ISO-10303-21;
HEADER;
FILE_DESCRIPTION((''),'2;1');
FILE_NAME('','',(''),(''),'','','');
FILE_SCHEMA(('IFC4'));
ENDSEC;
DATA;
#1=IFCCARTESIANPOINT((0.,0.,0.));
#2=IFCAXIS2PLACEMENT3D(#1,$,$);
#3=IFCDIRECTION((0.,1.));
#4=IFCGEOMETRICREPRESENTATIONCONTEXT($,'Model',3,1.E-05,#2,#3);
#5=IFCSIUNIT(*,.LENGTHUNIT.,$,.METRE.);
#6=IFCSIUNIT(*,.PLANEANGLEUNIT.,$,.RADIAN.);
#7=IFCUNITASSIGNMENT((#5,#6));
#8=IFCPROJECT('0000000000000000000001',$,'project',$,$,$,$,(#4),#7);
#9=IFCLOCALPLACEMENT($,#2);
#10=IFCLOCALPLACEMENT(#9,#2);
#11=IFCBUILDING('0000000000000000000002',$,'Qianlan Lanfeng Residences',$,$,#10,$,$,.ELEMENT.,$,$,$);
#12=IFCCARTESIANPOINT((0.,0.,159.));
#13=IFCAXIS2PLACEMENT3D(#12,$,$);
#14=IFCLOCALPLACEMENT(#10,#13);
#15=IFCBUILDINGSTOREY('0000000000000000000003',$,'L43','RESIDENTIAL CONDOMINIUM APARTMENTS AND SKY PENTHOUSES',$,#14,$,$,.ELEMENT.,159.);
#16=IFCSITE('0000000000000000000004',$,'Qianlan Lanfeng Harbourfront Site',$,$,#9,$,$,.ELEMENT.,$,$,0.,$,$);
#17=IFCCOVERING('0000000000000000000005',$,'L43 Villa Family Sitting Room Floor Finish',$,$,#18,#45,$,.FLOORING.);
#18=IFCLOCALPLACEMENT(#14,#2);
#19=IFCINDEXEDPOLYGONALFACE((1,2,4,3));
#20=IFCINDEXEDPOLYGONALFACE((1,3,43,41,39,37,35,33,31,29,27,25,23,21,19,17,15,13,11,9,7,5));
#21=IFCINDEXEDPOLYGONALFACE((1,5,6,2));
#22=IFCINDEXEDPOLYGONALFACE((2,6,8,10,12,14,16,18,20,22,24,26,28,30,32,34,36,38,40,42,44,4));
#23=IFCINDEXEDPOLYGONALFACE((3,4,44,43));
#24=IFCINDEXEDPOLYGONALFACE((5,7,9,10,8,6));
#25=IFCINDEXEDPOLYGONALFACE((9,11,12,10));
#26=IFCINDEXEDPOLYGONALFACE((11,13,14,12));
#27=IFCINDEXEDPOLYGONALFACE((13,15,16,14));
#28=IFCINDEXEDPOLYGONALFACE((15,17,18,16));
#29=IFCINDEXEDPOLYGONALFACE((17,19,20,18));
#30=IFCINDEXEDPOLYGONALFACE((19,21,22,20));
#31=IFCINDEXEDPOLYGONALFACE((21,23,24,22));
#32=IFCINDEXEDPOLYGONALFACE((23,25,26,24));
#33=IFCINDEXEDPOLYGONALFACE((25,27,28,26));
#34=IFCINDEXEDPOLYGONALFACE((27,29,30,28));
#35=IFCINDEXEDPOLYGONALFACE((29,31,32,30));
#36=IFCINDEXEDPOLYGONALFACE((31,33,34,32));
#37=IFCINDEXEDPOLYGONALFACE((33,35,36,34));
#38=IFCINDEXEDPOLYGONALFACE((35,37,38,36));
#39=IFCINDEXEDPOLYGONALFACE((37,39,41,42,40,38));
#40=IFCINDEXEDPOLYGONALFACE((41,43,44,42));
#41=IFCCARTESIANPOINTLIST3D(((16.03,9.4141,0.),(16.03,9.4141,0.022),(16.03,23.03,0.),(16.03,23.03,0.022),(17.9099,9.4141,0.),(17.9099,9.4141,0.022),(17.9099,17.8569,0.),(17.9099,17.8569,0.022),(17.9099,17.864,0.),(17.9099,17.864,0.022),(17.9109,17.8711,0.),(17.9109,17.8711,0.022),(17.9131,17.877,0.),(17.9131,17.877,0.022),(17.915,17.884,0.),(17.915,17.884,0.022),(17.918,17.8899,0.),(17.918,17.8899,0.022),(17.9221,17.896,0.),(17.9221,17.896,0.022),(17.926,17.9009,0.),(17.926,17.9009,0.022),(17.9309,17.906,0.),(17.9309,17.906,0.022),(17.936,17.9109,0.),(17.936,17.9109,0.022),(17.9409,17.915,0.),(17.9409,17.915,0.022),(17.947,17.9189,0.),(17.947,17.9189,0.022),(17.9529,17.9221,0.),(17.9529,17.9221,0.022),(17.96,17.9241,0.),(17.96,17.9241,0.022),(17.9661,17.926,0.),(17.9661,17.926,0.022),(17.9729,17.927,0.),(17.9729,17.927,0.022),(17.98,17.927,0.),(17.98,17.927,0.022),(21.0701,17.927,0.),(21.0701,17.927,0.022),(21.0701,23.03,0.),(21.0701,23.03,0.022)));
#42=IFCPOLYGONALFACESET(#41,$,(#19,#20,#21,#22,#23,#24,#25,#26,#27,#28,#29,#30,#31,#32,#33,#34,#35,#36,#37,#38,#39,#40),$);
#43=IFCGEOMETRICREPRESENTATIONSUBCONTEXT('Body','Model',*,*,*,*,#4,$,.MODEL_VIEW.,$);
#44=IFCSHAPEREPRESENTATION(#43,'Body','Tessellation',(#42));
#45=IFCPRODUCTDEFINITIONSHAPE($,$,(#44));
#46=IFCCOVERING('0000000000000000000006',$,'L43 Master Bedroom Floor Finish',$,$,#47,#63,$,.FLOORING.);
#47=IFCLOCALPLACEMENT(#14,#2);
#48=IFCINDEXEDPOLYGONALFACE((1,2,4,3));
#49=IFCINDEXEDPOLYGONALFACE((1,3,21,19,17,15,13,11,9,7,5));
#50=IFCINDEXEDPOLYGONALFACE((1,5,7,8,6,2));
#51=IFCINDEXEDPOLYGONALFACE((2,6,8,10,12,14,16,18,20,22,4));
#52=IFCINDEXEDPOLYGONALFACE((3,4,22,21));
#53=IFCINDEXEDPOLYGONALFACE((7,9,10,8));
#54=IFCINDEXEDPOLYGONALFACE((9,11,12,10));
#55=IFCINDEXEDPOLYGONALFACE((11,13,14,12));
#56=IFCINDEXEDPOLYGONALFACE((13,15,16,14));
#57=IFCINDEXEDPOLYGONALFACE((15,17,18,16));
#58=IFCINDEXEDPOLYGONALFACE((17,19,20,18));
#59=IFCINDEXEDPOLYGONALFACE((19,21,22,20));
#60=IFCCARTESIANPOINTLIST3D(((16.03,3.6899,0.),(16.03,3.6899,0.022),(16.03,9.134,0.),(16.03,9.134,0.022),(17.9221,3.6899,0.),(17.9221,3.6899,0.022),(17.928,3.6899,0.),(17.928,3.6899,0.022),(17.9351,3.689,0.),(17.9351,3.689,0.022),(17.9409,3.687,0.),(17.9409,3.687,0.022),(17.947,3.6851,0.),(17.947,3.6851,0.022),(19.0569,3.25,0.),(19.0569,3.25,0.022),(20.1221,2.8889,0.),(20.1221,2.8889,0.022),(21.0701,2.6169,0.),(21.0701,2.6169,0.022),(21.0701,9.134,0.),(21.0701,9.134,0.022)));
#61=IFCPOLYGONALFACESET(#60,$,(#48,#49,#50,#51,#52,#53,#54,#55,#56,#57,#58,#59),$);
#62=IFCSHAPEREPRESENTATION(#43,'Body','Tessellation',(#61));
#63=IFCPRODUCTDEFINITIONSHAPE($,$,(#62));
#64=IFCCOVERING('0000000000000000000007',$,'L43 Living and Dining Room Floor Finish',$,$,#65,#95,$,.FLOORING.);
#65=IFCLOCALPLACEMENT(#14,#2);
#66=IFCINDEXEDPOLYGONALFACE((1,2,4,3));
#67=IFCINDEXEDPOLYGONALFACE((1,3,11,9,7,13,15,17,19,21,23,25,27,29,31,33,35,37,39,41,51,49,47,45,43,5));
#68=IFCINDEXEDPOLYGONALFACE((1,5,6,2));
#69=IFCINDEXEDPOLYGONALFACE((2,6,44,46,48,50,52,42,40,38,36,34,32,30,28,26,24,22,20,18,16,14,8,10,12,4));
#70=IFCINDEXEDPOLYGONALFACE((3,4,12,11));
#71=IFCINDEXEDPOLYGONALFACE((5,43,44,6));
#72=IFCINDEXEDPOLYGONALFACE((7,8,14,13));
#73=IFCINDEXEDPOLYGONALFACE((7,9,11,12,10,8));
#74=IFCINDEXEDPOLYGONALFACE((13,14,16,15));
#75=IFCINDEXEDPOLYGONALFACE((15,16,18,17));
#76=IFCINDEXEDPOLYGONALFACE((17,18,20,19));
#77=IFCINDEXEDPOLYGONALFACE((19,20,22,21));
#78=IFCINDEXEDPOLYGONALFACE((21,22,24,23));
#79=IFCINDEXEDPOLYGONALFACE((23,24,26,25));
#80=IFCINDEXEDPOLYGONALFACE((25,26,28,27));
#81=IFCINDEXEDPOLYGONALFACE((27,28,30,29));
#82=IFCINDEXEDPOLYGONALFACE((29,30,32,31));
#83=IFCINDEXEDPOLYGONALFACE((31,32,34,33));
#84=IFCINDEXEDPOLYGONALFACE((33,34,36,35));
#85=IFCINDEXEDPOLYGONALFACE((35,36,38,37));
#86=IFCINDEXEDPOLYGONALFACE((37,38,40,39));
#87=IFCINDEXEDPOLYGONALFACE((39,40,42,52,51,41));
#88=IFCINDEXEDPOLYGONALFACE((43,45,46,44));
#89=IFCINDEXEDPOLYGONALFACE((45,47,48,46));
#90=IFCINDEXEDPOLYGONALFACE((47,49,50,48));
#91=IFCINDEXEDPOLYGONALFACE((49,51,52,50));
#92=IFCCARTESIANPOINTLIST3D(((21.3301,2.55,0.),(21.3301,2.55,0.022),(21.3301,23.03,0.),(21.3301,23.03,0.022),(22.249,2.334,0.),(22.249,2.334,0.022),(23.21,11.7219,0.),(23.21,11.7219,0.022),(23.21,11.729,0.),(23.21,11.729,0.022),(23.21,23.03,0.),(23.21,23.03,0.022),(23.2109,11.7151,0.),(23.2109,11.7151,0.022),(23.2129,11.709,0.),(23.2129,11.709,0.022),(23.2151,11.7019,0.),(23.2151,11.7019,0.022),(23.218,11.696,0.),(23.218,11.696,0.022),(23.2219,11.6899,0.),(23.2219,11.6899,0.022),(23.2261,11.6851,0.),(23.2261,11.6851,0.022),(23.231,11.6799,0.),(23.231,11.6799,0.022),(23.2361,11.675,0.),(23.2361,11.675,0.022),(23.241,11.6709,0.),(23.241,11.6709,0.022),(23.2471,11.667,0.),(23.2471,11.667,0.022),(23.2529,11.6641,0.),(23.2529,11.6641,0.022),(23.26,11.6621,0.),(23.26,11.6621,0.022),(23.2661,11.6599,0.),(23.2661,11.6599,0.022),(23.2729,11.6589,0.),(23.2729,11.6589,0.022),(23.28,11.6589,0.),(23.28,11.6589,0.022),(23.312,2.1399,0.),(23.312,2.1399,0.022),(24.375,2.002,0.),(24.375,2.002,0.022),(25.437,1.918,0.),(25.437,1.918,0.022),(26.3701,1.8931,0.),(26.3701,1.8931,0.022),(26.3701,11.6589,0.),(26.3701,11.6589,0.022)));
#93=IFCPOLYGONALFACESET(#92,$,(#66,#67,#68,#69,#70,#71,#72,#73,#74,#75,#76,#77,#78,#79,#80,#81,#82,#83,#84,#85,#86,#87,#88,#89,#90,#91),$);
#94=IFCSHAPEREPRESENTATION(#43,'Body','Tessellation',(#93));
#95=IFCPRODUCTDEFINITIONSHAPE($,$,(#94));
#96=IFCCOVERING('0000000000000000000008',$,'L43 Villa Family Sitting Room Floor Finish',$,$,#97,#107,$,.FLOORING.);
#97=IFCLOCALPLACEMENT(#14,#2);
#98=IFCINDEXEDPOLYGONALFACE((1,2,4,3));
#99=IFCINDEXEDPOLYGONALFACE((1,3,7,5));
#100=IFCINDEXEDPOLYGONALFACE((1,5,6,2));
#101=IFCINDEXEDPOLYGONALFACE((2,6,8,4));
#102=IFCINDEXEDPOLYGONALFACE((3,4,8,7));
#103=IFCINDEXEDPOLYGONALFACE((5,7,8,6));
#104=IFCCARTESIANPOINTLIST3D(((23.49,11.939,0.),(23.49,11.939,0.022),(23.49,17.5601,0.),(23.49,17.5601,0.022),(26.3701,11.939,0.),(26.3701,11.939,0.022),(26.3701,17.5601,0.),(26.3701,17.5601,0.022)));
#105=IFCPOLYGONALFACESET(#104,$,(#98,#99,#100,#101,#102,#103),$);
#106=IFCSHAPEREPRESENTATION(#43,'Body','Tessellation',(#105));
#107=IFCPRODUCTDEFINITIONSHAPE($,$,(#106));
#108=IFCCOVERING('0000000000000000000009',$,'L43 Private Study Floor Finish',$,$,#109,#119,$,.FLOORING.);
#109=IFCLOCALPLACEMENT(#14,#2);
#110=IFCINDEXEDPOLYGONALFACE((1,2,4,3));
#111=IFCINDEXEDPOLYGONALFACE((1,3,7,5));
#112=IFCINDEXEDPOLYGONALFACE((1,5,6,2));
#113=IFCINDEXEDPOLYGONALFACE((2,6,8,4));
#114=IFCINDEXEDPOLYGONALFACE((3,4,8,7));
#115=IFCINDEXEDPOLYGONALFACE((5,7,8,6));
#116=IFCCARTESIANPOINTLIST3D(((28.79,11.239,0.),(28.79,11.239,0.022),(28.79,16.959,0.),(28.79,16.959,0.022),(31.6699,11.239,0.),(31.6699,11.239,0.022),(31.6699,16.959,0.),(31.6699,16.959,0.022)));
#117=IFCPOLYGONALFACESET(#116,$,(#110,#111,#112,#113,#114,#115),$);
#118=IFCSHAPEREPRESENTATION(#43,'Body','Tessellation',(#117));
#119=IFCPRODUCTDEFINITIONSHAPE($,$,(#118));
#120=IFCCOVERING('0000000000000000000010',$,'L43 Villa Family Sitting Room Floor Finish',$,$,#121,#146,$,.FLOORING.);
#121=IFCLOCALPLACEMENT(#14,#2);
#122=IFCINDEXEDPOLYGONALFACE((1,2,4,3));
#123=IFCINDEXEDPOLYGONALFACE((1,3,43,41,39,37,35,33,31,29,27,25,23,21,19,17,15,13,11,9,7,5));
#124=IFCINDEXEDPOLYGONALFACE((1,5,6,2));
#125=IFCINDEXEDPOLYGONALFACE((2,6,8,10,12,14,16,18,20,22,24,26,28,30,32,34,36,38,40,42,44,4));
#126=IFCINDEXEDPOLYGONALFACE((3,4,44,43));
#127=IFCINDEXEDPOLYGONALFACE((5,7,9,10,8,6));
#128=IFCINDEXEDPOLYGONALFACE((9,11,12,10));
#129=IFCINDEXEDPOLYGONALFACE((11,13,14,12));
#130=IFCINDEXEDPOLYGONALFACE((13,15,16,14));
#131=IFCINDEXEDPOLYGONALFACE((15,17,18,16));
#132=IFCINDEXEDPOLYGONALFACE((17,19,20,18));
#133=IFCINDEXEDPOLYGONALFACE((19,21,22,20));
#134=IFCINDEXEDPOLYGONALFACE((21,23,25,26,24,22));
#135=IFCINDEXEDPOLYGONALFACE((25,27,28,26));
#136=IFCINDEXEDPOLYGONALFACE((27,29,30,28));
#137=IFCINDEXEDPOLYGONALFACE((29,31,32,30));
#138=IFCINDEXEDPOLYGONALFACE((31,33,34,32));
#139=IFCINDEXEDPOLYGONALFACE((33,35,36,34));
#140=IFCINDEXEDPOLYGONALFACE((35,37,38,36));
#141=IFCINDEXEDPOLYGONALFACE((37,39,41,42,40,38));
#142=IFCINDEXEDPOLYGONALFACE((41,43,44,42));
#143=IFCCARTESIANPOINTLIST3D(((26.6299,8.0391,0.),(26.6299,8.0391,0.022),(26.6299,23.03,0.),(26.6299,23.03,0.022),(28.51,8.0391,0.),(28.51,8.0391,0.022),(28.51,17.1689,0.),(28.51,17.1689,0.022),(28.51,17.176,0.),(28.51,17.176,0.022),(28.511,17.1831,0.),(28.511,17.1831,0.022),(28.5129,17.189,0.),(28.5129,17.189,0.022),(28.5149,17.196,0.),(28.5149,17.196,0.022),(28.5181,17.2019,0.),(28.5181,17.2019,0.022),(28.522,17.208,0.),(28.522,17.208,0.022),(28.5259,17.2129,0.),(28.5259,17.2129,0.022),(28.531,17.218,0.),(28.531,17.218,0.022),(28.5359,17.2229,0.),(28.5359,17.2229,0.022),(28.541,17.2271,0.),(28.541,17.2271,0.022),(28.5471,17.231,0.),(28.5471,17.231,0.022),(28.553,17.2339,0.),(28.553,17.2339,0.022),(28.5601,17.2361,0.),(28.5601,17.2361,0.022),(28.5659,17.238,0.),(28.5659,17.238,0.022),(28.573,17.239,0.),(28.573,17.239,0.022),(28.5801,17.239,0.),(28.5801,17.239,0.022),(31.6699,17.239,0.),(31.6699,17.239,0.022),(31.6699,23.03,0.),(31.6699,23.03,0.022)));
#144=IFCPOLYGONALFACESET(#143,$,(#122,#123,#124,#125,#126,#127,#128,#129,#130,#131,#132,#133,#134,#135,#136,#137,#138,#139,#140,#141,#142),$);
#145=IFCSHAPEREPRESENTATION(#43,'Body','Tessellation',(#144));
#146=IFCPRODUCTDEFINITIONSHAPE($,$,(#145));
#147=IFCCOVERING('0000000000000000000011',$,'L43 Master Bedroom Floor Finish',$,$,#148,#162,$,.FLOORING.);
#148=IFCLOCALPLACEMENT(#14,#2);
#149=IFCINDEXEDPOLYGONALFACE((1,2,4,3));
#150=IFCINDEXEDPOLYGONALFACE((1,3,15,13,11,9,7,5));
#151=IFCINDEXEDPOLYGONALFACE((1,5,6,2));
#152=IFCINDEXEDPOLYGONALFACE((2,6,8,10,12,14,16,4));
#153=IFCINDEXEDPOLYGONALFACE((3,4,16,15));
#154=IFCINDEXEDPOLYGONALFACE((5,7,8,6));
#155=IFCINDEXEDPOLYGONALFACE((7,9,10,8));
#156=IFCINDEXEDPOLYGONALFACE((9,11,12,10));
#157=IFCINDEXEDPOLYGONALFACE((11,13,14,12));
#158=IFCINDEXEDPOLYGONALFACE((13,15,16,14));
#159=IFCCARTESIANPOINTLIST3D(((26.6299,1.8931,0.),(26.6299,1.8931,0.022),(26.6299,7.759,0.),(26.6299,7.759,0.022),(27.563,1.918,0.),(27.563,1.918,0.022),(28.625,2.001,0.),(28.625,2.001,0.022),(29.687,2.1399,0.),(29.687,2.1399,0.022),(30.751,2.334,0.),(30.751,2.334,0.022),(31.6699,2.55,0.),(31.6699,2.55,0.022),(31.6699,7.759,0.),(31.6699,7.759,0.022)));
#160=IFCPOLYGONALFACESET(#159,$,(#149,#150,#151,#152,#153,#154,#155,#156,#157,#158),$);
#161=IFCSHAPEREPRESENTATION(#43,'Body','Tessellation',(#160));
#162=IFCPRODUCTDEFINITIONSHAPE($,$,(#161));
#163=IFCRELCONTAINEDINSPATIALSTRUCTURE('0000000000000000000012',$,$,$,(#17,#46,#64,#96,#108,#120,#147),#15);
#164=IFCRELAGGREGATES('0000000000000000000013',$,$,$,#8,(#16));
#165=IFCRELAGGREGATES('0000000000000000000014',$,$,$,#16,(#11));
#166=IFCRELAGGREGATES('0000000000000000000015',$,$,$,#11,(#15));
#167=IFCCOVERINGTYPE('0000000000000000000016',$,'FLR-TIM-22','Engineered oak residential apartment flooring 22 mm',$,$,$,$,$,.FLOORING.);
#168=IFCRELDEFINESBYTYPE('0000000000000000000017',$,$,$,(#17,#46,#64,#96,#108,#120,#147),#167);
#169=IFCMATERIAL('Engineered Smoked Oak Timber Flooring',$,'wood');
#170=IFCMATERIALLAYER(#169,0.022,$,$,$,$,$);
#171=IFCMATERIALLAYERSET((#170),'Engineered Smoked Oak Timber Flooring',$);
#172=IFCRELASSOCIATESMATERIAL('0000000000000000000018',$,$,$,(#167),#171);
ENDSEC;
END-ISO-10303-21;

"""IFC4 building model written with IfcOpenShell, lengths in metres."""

from ifc_helpers import new_model, si_unit, direction, frame, origin, place, context, subcontext, project, spatial, polyline, outline, extrude, material, layer, layer_set, type_object, element, save


model = new_model("IFC4")

# Units and contexts
model_context = context("Model", 3, precision=1e-05, world=origin(), true_north=direction((0.0, 1.0)))
body_context = subcontext(model_context, "Body", "Model", "MODEL_VIEW")
ifc_project = project(units=[si_unit("LENGTHUNIT", "METRE"), si_unit("PLANEANGLEUNIT", "RADIAN")], contexts=[model_context])

# Site, building, storey
site_placement = place(None, origin())
site = spatial("IfcSite", under=ifc_project, at=site_placement, Name="Qianlan Lanfeng Harbourfront Site", CompositionType="ELEMENT", RefElevation=0.0)
building_placement = place(site_placement, origin())
building = spatial("IfcBuilding", under=site, at=building_placement, Name="Qianlan Lanfeng Residences", CompositionType="ELEMENT")
storey_placement = place(building_placement, frame((0.0, 0.0, 159.0)))
storey = spatial("IfcBuildingStorey", under=building, at=storey_placement, Name="L43", Description="RESIDENTIAL CONDOMINIUM APARTMENTS AND SKY PENTHOUSES", CompositionType="ELEMENT", Elevation=159.0)

# Coverings
ifc_material_1 = material(Name="Engineered Smoked Oak Timber Flooring", Category="wood")
ifc_layer_1 = layer(ifc_material_1, 0.022)
ifc_layer_set_1 = layer_set([ifc_layer_1], Name="Engineered Smoked Oak Timber Flooring")
covering_type_1 = type_object("IfcCoveringType", Name="FLR-TIM-22", Description="Engineered oak residential apartment flooring 22 mm", PredefinedType="FLOORING", material=ifc_layer_set_1)
covering_1_placement = place(storey_placement, origin())
element("IfcCovering", 1, at=covering_1_placement, inside=storey, type_object=covering_type_1, Name="L43 Villa Family Sitting Room Floor Finish", PredefinedType="FLOORING", context=body_context, shape_type="SweptSolid", body=[
    extrude(outline(polyline([(16.03, 9.4141), (17.9099, 9.4141), (17.9099, 17.8569), (17.9099, 17.864), (17.9109, 17.8711), (17.9131, 17.877), (17.915, 17.884), (17.918, 17.8899), (17.9221, 17.896), (17.926, 17.9009), (17.9309, 17.906), (17.936, 17.9109), (17.9409, 17.915), (17.947, 17.9189), (17.9529, 17.9221), (17.96, 17.9241), (17.9661, 17.926), (17.9729, 17.927), (17.98, 17.927), (21.0701, 17.927), (21.0701, 23.03), (16.03, 23.03), (16.03, 9.4141)])), origin(), (0.0, 0.0, 1.0), 0.022),
])
covering_2_placement = place(storey_placement, origin())
element("IfcCovering", 2, at=covering_2_placement, inside=storey, type_object=covering_type_1, Name="L43 Master Bedroom Floor Finish", PredefinedType="FLOORING", context=body_context, shape_type="SweptSolid", body=[
    extrude(outline(polyline([(16.03, 9.134), (16.03, 3.6899), (17.9221, 3.6899), (17.928, 3.6899), (17.9351, 3.689), (17.9409, 3.687), (17.947, 3.6851), (19.0569, 3.25), (20.1221, 2.8889), (21.0701, 2.6169), (21.0701, 9.134), (16.03, 9.134)])), origin(), (0.0, 0.0, 1.0), 0.022),
])
covering_3_placement = place(storey_placement, origin())
element("IfcCovering", 3, at=covering_3_placement, inside=storey, type_object=covering_type_1, Name="L43 Living and Dining Room Floor Finish", PredefinedType="FLOORING", context=body_context, shape_type="SweptSolid", body=[
    extrude(outline(polyline([(26.3701, 1.8931), (26.3701, 11.6589), (23.28, 11.6589), (23.2729, 11.6589), (23.2661, 11.6599), (23.26, 11.6621), (23.2529, 11.6641), (23.2471, 11.667), (23.241, 11.6709), (23.2361, 11.675), (23.231, 11.6799), (23.2261, 11.6851), (23.2219, 11.6899), (23.218, 11.696), (23.2151, 11.7019), (23.2129, 11.709), (23.2109, 11.7151), (23.21, 11.7219), (23.21, 11.729), (23.21, 23.03), (21.3301, 23.03), (21.3301, 2.55), (22.249, 2.334), (23.312, 2.1399), (24.375, 2.002), (25.437, 1.918), (26.3701, 1.8931)])), origin(), (0.0, 0.0, 1.0), 0.022),
])
covering_4_placement = place(storey_placement, origin())
element("IfcCovering", 4, at=covering_4_placement, inside=storey, type_object=covering_type_1, Name="L43 Villa Family Sitting Room Floor Finish", PredefinedType="FLOORING", context=body_context, shape_type="SweptSolid", body=[
    extrude(outline(polyline([(23.49, 17.5601), (23.49, 11.939), (26.3701, 11.939), (26.3701, 17.5601), (23.49, 17.5601)])), origin(), (0.0, 0.0, 1.0), 0.022),
])
covering_5_placement = place(storey_placement, origin())
element("IfcCovering", 5, at=covering_5_placement, inside=storey, type_object=covering_type_1, Name="L43 Private Study Floor Finish", PredefinedType="FLOORING", context=body_context, shape_type="SweptSolid", body=[
    extrude(outline(polyline([(28.79, 11.239), (31.6699, 11.239), (31.6699, 16.959), (28.79, 16.959), (28.79, 11.239)])), origin(), (0.0, 0.0, 1.0), 0.022),
])
covering_6_placement = place(storey_placement, origin())
element("IfcCovering", 6, at=covering_6_placement, inside=storey, type_object=covering_type_1, Name="L43 Villa Family Sitting Room Floor Finish", PredefinedType="FLOORING", context=body_context, shape_type="SweptSolid", body=[
    extrude(outline(polyline([(26.6299, 8.0391), (28.51, 8.0391), (28.51, 17.1689), (28.51, 17.176), (28.511, 17.1831), (28.5129, 17.189), (28.5149, 17.196), (28.5181, 17.2019), (28.522, 17.208), (28.5259, 17.2129), (28.531, 17.218), (28.5359, 17.2229), (28.541, 17.2271), (28.5471, 17.231), (28.553, 17.2339), (28.5601, 17.2361), (28.5659, 17.238), (28.573, 17.239), (28.5801, 17.239), (31.6699, 17.239), (31.6699, 23.03), (26.6299, 23.03), (26.6299, 8.0391)])), origin(), (0.0, 0.0, 1.0), 0.022),
])
covering_7_placement = place(storey_placement, origin())
element("IfcCovering", 7, at=covering_7_placement, inside=storey, type_object=covering_type_1, Name="L43 Master Bedroom Floor Finish", PredefinedType="FLOORING", context=body_context, shape_type="SweptSolid", body=[
    extrude(outline(polyline([(26.6299, 7.759), (26.6299, 1.8931), (27.563, 1.918), (28.625, 2.001), (29.687, 2.1399), (30.751, 2.334), (31.6699, 2.55), (31.6699, 7.759), (26.6299, 7.759)])), origin(), (0.0, 0.0, 1.0), 0.022),
])

save(model, "model.ifc")
